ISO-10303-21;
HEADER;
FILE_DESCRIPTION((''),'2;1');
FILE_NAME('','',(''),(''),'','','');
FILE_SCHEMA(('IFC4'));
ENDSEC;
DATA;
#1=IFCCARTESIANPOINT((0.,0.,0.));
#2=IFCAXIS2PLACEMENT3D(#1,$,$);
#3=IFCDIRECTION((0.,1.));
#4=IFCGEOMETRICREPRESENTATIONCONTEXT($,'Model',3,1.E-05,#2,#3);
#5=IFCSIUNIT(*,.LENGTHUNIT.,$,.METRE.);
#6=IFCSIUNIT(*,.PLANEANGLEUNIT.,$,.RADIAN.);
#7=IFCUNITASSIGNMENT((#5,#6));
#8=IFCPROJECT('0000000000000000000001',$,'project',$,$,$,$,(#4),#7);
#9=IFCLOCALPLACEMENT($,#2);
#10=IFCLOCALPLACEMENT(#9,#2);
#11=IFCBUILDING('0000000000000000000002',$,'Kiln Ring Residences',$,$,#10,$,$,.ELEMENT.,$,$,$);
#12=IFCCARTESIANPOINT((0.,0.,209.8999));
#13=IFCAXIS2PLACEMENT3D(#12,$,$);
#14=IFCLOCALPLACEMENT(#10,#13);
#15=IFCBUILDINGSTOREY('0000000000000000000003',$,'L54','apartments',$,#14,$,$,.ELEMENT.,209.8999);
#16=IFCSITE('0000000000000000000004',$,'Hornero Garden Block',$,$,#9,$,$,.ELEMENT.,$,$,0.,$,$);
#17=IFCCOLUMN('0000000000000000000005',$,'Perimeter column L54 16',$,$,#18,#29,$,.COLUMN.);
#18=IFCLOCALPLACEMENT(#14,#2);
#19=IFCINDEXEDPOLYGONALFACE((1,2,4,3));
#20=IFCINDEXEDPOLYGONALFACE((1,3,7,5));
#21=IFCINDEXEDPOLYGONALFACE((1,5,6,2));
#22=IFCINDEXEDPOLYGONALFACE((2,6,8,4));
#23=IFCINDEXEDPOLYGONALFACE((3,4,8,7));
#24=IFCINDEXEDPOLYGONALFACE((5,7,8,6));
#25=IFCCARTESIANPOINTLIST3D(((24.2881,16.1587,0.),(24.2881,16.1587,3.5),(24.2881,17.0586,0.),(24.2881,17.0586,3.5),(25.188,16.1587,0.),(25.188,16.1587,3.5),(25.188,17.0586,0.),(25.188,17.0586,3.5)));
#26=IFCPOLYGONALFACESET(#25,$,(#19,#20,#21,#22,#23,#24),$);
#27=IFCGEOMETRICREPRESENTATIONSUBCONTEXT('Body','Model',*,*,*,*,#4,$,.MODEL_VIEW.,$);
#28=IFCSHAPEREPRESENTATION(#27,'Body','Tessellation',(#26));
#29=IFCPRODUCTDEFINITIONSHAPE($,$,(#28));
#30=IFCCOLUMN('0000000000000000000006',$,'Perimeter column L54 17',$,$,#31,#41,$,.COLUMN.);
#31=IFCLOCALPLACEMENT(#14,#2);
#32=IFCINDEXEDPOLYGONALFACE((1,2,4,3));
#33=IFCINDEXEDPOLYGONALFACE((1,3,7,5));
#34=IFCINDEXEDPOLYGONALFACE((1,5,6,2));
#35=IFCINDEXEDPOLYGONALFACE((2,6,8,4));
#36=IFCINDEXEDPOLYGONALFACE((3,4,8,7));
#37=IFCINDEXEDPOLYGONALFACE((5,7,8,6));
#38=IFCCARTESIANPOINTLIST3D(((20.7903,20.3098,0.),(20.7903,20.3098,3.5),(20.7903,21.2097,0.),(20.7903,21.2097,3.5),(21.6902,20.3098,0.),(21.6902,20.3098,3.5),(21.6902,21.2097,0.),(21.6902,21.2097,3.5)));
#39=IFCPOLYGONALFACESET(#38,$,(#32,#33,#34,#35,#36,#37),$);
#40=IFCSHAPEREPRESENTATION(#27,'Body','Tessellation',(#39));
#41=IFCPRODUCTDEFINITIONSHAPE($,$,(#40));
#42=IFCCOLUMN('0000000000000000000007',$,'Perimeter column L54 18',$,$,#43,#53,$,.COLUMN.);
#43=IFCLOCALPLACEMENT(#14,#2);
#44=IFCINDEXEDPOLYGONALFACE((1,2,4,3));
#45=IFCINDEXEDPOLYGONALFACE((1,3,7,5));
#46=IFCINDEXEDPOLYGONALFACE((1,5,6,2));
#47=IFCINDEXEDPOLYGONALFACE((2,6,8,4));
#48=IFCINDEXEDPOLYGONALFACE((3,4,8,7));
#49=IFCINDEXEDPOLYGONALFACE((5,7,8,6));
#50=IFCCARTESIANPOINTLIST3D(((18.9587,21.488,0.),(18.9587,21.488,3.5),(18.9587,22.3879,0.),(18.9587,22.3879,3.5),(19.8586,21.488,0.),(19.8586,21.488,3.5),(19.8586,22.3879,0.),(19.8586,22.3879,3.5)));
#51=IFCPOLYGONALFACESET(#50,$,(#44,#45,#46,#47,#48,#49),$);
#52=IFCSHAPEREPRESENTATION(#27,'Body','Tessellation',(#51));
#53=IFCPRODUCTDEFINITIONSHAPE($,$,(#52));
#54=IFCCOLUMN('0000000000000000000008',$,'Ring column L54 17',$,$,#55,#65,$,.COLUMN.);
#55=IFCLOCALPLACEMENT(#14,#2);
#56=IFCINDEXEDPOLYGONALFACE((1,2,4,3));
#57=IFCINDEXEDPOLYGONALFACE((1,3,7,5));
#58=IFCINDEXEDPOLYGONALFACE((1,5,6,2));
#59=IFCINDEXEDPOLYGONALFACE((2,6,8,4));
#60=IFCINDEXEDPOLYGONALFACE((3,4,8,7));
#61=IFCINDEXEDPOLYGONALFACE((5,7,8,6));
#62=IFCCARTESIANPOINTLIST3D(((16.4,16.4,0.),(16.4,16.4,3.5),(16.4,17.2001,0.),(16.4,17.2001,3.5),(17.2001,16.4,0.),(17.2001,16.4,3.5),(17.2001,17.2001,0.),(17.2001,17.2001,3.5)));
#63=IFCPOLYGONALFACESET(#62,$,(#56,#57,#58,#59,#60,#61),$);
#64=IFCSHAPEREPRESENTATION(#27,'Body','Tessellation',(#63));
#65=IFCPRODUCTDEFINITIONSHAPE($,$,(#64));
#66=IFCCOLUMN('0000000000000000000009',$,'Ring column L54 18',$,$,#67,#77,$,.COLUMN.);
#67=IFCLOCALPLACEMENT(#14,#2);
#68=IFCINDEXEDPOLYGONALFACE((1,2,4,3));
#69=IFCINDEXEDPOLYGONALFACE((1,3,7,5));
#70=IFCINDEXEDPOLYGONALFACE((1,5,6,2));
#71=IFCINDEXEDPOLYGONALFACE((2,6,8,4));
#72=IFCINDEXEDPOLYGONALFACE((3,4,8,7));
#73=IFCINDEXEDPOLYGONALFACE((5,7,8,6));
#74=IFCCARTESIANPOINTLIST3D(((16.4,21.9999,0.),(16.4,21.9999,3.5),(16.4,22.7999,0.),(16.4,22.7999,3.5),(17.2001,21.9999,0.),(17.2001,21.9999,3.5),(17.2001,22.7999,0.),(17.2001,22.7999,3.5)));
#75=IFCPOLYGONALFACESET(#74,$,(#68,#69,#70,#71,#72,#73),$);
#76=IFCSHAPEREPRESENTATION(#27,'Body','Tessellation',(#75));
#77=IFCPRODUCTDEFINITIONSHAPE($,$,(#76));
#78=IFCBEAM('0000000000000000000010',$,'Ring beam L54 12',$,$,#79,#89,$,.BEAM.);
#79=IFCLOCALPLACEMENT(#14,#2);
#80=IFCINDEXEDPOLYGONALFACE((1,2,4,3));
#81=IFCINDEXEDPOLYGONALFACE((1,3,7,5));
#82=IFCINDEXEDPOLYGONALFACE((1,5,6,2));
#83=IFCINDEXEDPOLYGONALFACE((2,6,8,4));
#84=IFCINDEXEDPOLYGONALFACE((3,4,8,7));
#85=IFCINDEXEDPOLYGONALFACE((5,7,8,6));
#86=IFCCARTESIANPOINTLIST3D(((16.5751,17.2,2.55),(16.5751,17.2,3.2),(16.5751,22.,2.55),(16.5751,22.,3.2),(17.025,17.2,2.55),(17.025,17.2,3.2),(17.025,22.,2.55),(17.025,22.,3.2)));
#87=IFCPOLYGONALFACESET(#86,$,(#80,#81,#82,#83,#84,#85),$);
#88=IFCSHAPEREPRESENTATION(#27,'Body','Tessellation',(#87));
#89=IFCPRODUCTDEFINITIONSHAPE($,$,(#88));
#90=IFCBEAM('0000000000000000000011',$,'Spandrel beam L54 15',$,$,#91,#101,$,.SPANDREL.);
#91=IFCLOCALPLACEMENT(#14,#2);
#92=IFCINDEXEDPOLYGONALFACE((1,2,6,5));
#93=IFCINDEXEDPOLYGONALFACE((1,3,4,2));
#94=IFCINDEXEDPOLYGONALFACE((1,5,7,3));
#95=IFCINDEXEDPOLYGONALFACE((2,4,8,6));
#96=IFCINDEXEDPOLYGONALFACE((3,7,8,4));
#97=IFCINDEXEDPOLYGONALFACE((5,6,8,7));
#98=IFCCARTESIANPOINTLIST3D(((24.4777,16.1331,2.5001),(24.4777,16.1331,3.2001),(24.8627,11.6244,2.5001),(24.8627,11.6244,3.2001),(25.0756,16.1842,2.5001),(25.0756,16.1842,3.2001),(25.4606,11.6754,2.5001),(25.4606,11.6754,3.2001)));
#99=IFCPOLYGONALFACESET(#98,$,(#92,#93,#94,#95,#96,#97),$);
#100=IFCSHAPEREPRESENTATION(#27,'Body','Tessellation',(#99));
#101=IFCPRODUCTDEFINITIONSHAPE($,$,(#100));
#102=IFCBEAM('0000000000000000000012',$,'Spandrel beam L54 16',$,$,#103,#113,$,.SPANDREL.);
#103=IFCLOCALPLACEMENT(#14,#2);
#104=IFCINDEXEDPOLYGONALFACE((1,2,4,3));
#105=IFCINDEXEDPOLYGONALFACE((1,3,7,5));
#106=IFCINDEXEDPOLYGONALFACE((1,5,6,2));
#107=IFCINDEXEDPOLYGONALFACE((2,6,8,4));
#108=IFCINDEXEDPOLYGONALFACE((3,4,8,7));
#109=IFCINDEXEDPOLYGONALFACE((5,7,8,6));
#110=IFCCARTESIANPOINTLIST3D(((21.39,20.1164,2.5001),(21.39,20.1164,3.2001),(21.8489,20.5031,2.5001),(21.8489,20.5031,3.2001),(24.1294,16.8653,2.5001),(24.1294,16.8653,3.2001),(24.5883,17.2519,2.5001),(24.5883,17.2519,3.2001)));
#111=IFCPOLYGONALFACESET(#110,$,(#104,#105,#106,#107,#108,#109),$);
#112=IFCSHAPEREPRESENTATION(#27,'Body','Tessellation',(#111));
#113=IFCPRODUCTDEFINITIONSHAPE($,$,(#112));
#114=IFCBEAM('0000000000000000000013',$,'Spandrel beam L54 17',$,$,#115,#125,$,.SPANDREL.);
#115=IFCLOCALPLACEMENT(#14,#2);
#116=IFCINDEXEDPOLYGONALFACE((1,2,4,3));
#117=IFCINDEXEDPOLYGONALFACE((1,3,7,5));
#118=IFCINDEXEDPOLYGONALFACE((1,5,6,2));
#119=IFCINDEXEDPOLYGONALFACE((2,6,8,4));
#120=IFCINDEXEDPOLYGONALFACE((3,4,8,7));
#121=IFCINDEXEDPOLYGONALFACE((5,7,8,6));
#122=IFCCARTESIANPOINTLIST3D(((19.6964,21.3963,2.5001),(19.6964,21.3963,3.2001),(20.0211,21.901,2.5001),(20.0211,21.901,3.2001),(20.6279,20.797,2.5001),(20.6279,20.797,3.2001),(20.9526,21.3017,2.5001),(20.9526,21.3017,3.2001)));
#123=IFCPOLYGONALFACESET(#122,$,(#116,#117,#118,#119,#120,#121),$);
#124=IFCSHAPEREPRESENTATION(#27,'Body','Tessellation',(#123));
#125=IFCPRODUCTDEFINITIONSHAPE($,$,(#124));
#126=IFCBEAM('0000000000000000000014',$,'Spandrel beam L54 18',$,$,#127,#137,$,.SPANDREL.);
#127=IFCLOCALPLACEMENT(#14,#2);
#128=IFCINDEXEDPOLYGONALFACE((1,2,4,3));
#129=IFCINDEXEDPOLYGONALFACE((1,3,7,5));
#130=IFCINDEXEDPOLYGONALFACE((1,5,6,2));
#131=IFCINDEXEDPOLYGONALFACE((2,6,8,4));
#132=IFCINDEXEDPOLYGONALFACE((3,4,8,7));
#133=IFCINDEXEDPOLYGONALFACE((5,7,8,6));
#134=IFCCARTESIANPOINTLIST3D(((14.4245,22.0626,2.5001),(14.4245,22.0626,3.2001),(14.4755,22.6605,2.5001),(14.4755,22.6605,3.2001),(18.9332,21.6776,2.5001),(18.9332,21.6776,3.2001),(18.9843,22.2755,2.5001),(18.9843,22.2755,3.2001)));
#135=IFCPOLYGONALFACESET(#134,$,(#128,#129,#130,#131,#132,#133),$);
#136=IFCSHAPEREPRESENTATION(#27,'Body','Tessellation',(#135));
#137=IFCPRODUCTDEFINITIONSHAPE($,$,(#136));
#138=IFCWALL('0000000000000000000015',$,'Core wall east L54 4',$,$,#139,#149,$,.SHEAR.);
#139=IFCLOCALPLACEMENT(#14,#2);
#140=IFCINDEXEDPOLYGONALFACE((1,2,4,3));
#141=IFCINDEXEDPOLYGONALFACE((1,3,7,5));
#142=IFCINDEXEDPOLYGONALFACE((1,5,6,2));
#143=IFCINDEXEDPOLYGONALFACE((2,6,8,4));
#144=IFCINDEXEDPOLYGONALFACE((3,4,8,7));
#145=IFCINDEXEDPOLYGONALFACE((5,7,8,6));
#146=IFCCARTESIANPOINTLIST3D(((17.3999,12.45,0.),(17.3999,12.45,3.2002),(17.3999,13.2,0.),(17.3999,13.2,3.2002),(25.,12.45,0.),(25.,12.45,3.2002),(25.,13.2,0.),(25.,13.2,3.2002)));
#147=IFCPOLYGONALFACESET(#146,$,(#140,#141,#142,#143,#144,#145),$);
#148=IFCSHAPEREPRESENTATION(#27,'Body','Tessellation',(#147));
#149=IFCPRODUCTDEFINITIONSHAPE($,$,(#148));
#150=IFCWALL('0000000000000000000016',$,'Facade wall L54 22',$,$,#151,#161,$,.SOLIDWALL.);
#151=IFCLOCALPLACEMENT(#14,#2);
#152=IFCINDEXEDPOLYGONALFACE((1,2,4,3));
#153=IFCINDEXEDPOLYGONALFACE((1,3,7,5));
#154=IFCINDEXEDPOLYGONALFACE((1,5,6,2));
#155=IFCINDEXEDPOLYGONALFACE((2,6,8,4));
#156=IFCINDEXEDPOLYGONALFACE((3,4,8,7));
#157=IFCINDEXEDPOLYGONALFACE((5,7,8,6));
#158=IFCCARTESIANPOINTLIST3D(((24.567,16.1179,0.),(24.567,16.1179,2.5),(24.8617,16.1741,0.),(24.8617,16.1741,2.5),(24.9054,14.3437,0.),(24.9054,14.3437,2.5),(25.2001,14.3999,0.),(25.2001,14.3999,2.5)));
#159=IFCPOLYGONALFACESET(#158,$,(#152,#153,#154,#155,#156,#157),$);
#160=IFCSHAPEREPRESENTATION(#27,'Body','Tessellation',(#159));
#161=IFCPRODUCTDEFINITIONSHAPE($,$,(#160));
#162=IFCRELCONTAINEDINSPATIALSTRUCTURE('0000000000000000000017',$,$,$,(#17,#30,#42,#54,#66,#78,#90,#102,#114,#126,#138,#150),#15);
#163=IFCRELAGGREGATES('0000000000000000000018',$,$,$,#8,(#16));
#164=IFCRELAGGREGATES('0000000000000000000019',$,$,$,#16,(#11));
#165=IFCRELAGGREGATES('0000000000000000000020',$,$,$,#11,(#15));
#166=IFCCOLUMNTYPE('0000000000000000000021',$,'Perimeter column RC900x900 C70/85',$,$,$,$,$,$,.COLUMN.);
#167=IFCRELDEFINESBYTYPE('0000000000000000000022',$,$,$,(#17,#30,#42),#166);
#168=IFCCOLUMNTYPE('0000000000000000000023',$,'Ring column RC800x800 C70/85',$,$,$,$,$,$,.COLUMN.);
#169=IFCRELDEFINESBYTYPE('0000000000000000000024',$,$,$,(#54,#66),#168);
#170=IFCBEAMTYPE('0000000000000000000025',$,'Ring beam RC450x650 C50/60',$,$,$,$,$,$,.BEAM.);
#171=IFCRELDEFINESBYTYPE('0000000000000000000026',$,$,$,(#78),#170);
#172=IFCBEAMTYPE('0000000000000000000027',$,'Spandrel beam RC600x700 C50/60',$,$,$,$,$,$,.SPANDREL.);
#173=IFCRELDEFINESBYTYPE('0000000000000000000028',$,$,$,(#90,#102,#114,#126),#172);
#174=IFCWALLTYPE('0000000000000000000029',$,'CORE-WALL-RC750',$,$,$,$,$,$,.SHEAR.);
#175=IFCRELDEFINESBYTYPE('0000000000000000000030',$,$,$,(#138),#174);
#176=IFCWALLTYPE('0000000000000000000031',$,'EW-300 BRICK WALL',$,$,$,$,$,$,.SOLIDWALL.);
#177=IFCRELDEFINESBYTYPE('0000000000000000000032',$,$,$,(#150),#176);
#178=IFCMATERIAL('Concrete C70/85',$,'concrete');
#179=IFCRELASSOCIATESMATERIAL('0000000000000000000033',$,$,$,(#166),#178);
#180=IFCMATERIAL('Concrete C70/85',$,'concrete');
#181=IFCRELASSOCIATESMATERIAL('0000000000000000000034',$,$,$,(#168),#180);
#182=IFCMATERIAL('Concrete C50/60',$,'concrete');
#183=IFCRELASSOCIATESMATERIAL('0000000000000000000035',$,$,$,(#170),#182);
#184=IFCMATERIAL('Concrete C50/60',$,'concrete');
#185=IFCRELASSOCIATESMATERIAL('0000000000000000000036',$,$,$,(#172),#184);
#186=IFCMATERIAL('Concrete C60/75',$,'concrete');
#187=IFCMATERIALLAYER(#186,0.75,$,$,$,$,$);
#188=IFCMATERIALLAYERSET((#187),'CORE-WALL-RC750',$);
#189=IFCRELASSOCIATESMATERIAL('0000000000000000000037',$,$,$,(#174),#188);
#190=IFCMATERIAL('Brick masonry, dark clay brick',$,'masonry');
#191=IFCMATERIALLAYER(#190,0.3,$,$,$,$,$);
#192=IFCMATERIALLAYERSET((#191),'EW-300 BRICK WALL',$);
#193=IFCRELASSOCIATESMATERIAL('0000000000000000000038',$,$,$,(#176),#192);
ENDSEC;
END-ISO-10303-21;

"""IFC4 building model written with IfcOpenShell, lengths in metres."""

from ifc_helpers import new_model, si_unit, direction, frame, frame_2d, origin, origin_2d, place, context, subcontext, project, spatial, rectangle, extrude, material, layer, layer_set, material_profile, profile_set, type_object, element, save


model = new_model("IFC4")

# Units and contexts
model_context = context("Model", 3, precision=1e-05, world=origin(), true_north=direction((0.0, 1.0)))
body_context = subcontext(model_context, "Body", "Model", "MODEL_VIEW")
ifc_project = project(units=[si_unit("LENGTHUNIT", "METRE"), si_unit("PLANEANGLEUNIT", "RADIAN")], contexts=[model_context])

# Site, building, storey
site_placement = place(None, origin())
site = spatial("IfcSite", under=ifc_project, at=site_placement, Name="Hornero Garden Block", CompositionType="ELEMENT", RefElevation=0.0)
building_placement = place(site_placement, origin())
building = spatial("IfcBuilding", under=site, at=building_placement, Name="Kiln Ring Residences", CompositionType="ELEMENT")
storey_placement = place(building_placement, frame((0.0, 0.0, 209.8999)))
storey = spatial("IfcBuildingStorey", under=building, at=storey_placement, Name="L54", Description="apartments", CompositionType="ELEMENT", Elevation=209.8999)

# Columns
ifc_material_1 = material(Name="Concrete C70/85", Category="concrete")
ifc_material_profile_1 = material_profile(ifc_material_1, rectangle(XDim=0.8999, YDim=0.8999, at=origin_2d()), Name="RC900x900")
ifc_profile_set_1 = profile_set([ifc_material_profile_1], Name="Concrete C70/85")
column_type_1 = type_object("IfcColumnType", Name="Perimeter column RC900x900 C70/85", PredefinedType="COLUMN", material=ifc_profile_set_1)
for number, where, z_axis, x_axis, name in (
    (1, (24.738, 16.6086, 0.0), (0.0, 0.0, 1.0), (1.0, 0.0, 0.0), "Perimeter column L54 16"),
    (2, (21.2402, 20.7598, 0.0), (0.0, 0.0, 1.0), (1.0, 0.0, 0.0), "Perimeter column L54 17"),
    (3, (19.4087, 21.938, 0.0), (0.0, 0.0, 1.0), (1.0, 0.0, 0.0), "Perimeter column L54 18"),
):
    element("IfcColumn", number, at=place(storey_placement, frame(where, z_axis=z_axis, x_axis=x_axis)), inside=storey, type_object=column_type_1, Name=name, PredefinedType="COLUMN", context=body_context, shape_type="SweptSolid", body=[
        extrude(rectangle(XDim=0.8999, YDim=0.8999, at=origin_2d()), origin(), (0.0, 0.0, 1.0), 3.5),
    ])
ifc_material_2 = material(Name="Concrete C70/85", Category="concrete")
ifc_material_profile_2 = material_profile(ifc_material_2, rectangle(XDim=0.8, YDim=0.8, at=origin_2d()), Name="RC800x800")
ifc_profile_set_2 = profile_set([ifc_material_profile_2], Name="Concrete C70/85")
column_type_2 = type_object("IfcColumnType", Name="Ring column RC800x800 C70/85", PredefinedType="COLUMN", material=ifc_profile_set_2)
for number, where, z_axis, x_axis, name in (
    (4, (16.8, 16.8, 0.0), (0.0, 0.0, 1.0), (1.0, 0.0, 0.0), "Ring column L54 17"),
    (5, (16.8, 22.3999, 0.0), (0.0, 0.0, 1.0), (1.0, 0.0, 0.0), "Ring column L54 18"),
):
    element("IfcColumn", number, at=place(storey_placement, frame(where, z_axis=z_axis, x_axis=x_axis)), inside=storey, type_object=column_type_2, Name=name, PredefinedType="COLUMN", context=body_context, shape_type="SweptSolid", body=[
        extrude(rectangle(XDim=0.8, YDim=0.8, at=origin_2d()), origin(), (0.0, 0.0, 1.0), 3.5),
    ])

# Beams
ifc_material_3 = material(Name="Concrete C50/60", Category="concrete")
ifc_material_profile_3 = material_profile(ifc_material_3, rectangle(XDim=0.45, YDim=0.6499, at=origin_2d()), Name="RC450x650")
ifc_profile_set_3 = profile_set([ifc_material_profile_3], Name="Concrete C50/60")
beam_type_1 = type_object("IfcBeamType", Name="Ring beam RC450x650 C50/60", PredefinedType="BEAM", material=ifc_profile_set_3)
beam_1_placement = place(storey_placement, frame((16.8, 17.2, 2.875), z_axis=(0.0, 1.0, 0.0), x_axis=(-1.0, 0.0, 0.0)))
element("IfcBeam", 6, at=beam_1_placement, inside=storey, type_object=beam_type_1, Name="Ring beam L54 12", PredefinedType="BEAM", context=body_context, shape_type="SweptSolid", body=[
    extrude(rectangle(XDim=0.45, YDim=0.6499, at=origin_2d()), origin(), (0.0, 0.0, 1.0), 4.8),
])
ifc_material_4 = material(Name="Concrete C50/60", Category="concrete")
ifc_material_profile_4 = material_profile(ifc_material_4, rectangle(XDim=0.6001, YDim=0.7, at=origin_2d()), Name="RC600x700")
ifc_profile_set_4 = profile_set([ifc_material_profile_4], Name="Concrete C50/60")
beam_type_2 = type_object("IfcBeamType", Name="Spandrel beam RC600x700 C50/60", PredefinedType="SPANDREL", material=ifc_profile_set_4)
beam_2_placement = place(storey_placement, frame((25.1616, 11.6499, 2.8501), z_axis=(-0.085081, 0.996374, 0.0), x_axis=(-0.996374, -0.085081, 0.0)))
element("IfcBeam", 7, at=beam_2_placement, inside=storey, type_object=beam_type_2, Name="Spandrel beam L54 15", PredefinedType="SPANDREL", context=body_context, shape_type="SweptSolid", body=[
    extrude(rectangle(XDim=0.6001, YDim=0.7, at=origin_2d()), origin(), (0.0, 0.0, 1.0), 4.5251),
])
beam_3_placement = place(storey_placement, frame((24.3589, 17.0586, 2.8501), z_axis=(-0.64436, 0.764722, 0.0), x_axis=(-0.764722, -0.64436, 0.0)))
element("IfcBeam", 8, at=beam_3_placement, inside=storey, type_object=beam_type_2, Name="Spandrel beam L54 16", PredefinedType="SPANDREL", context=body_context, shape_type="SweptSolid", body=[
    extrude(rectangle(XDim=0.6001, YDim=0.7, at=origin_2d()), origin(), (0.0, 0.0, 1.0), 4.2515),
])
beam_4_placement = place(storey_placement, frame((20.7903, 21.0493, 2.8501), z_axis=(-0.840992, 0.541047, 0.0), x_axis=(-0.541047, -0.840992, 0.0)))
element("IfcBeam", 9, at=beam_4_placement, inside=storey, type_object=beam_type_2, Name="Spandrel beam L54 17", PredefinedType="SPANDREL", context=body_context, shape_type="SweptSolid", body=[
    extrude(rectangle(XDim=0.6001, YDim=0.7, at=origin_2d()), origin(), (0.0, 0.0, 1.0), 1.1077),
])
beam_5_placement = place(storey_placement, frame((18.9587, 21.9766, 2.8501), z_axis=(-0.996374, 0.085081, 0.0), x_axis=(-0.085081, -0.996374, 0.0)))
element("IfcBeam", 10, at=beam_5_placement, inside=storey, type_object=beam_type_2, Name="Spandrel beam L54 18", PredefinedType="SPANDREL", context=body_context, shape_type="SweptSolid", body=[
    extrude(rectangle(XDim=0.6001, YDim=0.7, at=origin_2d()), origin(), (0.0, 0.0, 1.0), 4.5251),
])

# Walls
ifc_material_5 = material(Name="Concrete C60/75", Category="concrete")
ifc_layer_1 = layer(ifc_material_5, 0.75)
ifc_layer_set_1 = layer_set([ifc_layer_1], Name="CORE-WALL-RC750")
wall_type_1 = type_object("IfcWallType", Name="CORE-WALL-RC750", PredefinedType="SHEAR", material=ifc_layer_set_1)
wall_1_placement = place(storey_placement, frame((17.3999, 12.825, 0.0), z_axis=(0.0, 0.0, 1.0), x_axis=(1.0, 0.0, 0.0)))
element("IfcWall", 11, at=wall_1_placement, inside=storey, type_object=wall_type_1, Name="Core wall east L54 4", PredefinedType="SHEAR", context=body_context, shape_type="SweptSolid", body=[
    extrude(rectangle(XDim=7.6001, YDim=0.75, at=frame_2d((3.8, 0.0))), origin(), (0.0, 0.0, 1.0), 3.2002),
])
ifc_material_6 = material(Name="Brick masonry, dark clay brick", Category="masonry")
ifc_layer_2 = layer(ifc_material_6, 0.3)
ifc_layer_set_2 = layer_set([ifc_layer_2], Name="EW-300 BRICK WALL")
wall_type_2 = type_object("IfcWallType", Name="EW-300 BRICK WALL", PredefinedType="SOLIDWALL", material=ifc_layer_set_2)
wall_2_placement = place(storey_placement, frame((25.0527, 14.3718, 0.0), z_axis=(0.0, 0.0, 1.0), x_axis=(-0.187348, 0.982294, 0.0)))
element("IfcWall", 12, at=wall_2_placement, inside=storey, type_object=wall_type_2, Name="Facade wall L54 22", PredefinedType="SOLIDWALL", context=body_context, shape_type="SweptSolid", body=[
    extrude(rectangle(XDim=1.8062, YDim=0.3, at=frame_2d((0.9031, 0.0))), origin(), (0.0, 0.0, 1.0), 2.5),
])

save(model, "model.ifc")
